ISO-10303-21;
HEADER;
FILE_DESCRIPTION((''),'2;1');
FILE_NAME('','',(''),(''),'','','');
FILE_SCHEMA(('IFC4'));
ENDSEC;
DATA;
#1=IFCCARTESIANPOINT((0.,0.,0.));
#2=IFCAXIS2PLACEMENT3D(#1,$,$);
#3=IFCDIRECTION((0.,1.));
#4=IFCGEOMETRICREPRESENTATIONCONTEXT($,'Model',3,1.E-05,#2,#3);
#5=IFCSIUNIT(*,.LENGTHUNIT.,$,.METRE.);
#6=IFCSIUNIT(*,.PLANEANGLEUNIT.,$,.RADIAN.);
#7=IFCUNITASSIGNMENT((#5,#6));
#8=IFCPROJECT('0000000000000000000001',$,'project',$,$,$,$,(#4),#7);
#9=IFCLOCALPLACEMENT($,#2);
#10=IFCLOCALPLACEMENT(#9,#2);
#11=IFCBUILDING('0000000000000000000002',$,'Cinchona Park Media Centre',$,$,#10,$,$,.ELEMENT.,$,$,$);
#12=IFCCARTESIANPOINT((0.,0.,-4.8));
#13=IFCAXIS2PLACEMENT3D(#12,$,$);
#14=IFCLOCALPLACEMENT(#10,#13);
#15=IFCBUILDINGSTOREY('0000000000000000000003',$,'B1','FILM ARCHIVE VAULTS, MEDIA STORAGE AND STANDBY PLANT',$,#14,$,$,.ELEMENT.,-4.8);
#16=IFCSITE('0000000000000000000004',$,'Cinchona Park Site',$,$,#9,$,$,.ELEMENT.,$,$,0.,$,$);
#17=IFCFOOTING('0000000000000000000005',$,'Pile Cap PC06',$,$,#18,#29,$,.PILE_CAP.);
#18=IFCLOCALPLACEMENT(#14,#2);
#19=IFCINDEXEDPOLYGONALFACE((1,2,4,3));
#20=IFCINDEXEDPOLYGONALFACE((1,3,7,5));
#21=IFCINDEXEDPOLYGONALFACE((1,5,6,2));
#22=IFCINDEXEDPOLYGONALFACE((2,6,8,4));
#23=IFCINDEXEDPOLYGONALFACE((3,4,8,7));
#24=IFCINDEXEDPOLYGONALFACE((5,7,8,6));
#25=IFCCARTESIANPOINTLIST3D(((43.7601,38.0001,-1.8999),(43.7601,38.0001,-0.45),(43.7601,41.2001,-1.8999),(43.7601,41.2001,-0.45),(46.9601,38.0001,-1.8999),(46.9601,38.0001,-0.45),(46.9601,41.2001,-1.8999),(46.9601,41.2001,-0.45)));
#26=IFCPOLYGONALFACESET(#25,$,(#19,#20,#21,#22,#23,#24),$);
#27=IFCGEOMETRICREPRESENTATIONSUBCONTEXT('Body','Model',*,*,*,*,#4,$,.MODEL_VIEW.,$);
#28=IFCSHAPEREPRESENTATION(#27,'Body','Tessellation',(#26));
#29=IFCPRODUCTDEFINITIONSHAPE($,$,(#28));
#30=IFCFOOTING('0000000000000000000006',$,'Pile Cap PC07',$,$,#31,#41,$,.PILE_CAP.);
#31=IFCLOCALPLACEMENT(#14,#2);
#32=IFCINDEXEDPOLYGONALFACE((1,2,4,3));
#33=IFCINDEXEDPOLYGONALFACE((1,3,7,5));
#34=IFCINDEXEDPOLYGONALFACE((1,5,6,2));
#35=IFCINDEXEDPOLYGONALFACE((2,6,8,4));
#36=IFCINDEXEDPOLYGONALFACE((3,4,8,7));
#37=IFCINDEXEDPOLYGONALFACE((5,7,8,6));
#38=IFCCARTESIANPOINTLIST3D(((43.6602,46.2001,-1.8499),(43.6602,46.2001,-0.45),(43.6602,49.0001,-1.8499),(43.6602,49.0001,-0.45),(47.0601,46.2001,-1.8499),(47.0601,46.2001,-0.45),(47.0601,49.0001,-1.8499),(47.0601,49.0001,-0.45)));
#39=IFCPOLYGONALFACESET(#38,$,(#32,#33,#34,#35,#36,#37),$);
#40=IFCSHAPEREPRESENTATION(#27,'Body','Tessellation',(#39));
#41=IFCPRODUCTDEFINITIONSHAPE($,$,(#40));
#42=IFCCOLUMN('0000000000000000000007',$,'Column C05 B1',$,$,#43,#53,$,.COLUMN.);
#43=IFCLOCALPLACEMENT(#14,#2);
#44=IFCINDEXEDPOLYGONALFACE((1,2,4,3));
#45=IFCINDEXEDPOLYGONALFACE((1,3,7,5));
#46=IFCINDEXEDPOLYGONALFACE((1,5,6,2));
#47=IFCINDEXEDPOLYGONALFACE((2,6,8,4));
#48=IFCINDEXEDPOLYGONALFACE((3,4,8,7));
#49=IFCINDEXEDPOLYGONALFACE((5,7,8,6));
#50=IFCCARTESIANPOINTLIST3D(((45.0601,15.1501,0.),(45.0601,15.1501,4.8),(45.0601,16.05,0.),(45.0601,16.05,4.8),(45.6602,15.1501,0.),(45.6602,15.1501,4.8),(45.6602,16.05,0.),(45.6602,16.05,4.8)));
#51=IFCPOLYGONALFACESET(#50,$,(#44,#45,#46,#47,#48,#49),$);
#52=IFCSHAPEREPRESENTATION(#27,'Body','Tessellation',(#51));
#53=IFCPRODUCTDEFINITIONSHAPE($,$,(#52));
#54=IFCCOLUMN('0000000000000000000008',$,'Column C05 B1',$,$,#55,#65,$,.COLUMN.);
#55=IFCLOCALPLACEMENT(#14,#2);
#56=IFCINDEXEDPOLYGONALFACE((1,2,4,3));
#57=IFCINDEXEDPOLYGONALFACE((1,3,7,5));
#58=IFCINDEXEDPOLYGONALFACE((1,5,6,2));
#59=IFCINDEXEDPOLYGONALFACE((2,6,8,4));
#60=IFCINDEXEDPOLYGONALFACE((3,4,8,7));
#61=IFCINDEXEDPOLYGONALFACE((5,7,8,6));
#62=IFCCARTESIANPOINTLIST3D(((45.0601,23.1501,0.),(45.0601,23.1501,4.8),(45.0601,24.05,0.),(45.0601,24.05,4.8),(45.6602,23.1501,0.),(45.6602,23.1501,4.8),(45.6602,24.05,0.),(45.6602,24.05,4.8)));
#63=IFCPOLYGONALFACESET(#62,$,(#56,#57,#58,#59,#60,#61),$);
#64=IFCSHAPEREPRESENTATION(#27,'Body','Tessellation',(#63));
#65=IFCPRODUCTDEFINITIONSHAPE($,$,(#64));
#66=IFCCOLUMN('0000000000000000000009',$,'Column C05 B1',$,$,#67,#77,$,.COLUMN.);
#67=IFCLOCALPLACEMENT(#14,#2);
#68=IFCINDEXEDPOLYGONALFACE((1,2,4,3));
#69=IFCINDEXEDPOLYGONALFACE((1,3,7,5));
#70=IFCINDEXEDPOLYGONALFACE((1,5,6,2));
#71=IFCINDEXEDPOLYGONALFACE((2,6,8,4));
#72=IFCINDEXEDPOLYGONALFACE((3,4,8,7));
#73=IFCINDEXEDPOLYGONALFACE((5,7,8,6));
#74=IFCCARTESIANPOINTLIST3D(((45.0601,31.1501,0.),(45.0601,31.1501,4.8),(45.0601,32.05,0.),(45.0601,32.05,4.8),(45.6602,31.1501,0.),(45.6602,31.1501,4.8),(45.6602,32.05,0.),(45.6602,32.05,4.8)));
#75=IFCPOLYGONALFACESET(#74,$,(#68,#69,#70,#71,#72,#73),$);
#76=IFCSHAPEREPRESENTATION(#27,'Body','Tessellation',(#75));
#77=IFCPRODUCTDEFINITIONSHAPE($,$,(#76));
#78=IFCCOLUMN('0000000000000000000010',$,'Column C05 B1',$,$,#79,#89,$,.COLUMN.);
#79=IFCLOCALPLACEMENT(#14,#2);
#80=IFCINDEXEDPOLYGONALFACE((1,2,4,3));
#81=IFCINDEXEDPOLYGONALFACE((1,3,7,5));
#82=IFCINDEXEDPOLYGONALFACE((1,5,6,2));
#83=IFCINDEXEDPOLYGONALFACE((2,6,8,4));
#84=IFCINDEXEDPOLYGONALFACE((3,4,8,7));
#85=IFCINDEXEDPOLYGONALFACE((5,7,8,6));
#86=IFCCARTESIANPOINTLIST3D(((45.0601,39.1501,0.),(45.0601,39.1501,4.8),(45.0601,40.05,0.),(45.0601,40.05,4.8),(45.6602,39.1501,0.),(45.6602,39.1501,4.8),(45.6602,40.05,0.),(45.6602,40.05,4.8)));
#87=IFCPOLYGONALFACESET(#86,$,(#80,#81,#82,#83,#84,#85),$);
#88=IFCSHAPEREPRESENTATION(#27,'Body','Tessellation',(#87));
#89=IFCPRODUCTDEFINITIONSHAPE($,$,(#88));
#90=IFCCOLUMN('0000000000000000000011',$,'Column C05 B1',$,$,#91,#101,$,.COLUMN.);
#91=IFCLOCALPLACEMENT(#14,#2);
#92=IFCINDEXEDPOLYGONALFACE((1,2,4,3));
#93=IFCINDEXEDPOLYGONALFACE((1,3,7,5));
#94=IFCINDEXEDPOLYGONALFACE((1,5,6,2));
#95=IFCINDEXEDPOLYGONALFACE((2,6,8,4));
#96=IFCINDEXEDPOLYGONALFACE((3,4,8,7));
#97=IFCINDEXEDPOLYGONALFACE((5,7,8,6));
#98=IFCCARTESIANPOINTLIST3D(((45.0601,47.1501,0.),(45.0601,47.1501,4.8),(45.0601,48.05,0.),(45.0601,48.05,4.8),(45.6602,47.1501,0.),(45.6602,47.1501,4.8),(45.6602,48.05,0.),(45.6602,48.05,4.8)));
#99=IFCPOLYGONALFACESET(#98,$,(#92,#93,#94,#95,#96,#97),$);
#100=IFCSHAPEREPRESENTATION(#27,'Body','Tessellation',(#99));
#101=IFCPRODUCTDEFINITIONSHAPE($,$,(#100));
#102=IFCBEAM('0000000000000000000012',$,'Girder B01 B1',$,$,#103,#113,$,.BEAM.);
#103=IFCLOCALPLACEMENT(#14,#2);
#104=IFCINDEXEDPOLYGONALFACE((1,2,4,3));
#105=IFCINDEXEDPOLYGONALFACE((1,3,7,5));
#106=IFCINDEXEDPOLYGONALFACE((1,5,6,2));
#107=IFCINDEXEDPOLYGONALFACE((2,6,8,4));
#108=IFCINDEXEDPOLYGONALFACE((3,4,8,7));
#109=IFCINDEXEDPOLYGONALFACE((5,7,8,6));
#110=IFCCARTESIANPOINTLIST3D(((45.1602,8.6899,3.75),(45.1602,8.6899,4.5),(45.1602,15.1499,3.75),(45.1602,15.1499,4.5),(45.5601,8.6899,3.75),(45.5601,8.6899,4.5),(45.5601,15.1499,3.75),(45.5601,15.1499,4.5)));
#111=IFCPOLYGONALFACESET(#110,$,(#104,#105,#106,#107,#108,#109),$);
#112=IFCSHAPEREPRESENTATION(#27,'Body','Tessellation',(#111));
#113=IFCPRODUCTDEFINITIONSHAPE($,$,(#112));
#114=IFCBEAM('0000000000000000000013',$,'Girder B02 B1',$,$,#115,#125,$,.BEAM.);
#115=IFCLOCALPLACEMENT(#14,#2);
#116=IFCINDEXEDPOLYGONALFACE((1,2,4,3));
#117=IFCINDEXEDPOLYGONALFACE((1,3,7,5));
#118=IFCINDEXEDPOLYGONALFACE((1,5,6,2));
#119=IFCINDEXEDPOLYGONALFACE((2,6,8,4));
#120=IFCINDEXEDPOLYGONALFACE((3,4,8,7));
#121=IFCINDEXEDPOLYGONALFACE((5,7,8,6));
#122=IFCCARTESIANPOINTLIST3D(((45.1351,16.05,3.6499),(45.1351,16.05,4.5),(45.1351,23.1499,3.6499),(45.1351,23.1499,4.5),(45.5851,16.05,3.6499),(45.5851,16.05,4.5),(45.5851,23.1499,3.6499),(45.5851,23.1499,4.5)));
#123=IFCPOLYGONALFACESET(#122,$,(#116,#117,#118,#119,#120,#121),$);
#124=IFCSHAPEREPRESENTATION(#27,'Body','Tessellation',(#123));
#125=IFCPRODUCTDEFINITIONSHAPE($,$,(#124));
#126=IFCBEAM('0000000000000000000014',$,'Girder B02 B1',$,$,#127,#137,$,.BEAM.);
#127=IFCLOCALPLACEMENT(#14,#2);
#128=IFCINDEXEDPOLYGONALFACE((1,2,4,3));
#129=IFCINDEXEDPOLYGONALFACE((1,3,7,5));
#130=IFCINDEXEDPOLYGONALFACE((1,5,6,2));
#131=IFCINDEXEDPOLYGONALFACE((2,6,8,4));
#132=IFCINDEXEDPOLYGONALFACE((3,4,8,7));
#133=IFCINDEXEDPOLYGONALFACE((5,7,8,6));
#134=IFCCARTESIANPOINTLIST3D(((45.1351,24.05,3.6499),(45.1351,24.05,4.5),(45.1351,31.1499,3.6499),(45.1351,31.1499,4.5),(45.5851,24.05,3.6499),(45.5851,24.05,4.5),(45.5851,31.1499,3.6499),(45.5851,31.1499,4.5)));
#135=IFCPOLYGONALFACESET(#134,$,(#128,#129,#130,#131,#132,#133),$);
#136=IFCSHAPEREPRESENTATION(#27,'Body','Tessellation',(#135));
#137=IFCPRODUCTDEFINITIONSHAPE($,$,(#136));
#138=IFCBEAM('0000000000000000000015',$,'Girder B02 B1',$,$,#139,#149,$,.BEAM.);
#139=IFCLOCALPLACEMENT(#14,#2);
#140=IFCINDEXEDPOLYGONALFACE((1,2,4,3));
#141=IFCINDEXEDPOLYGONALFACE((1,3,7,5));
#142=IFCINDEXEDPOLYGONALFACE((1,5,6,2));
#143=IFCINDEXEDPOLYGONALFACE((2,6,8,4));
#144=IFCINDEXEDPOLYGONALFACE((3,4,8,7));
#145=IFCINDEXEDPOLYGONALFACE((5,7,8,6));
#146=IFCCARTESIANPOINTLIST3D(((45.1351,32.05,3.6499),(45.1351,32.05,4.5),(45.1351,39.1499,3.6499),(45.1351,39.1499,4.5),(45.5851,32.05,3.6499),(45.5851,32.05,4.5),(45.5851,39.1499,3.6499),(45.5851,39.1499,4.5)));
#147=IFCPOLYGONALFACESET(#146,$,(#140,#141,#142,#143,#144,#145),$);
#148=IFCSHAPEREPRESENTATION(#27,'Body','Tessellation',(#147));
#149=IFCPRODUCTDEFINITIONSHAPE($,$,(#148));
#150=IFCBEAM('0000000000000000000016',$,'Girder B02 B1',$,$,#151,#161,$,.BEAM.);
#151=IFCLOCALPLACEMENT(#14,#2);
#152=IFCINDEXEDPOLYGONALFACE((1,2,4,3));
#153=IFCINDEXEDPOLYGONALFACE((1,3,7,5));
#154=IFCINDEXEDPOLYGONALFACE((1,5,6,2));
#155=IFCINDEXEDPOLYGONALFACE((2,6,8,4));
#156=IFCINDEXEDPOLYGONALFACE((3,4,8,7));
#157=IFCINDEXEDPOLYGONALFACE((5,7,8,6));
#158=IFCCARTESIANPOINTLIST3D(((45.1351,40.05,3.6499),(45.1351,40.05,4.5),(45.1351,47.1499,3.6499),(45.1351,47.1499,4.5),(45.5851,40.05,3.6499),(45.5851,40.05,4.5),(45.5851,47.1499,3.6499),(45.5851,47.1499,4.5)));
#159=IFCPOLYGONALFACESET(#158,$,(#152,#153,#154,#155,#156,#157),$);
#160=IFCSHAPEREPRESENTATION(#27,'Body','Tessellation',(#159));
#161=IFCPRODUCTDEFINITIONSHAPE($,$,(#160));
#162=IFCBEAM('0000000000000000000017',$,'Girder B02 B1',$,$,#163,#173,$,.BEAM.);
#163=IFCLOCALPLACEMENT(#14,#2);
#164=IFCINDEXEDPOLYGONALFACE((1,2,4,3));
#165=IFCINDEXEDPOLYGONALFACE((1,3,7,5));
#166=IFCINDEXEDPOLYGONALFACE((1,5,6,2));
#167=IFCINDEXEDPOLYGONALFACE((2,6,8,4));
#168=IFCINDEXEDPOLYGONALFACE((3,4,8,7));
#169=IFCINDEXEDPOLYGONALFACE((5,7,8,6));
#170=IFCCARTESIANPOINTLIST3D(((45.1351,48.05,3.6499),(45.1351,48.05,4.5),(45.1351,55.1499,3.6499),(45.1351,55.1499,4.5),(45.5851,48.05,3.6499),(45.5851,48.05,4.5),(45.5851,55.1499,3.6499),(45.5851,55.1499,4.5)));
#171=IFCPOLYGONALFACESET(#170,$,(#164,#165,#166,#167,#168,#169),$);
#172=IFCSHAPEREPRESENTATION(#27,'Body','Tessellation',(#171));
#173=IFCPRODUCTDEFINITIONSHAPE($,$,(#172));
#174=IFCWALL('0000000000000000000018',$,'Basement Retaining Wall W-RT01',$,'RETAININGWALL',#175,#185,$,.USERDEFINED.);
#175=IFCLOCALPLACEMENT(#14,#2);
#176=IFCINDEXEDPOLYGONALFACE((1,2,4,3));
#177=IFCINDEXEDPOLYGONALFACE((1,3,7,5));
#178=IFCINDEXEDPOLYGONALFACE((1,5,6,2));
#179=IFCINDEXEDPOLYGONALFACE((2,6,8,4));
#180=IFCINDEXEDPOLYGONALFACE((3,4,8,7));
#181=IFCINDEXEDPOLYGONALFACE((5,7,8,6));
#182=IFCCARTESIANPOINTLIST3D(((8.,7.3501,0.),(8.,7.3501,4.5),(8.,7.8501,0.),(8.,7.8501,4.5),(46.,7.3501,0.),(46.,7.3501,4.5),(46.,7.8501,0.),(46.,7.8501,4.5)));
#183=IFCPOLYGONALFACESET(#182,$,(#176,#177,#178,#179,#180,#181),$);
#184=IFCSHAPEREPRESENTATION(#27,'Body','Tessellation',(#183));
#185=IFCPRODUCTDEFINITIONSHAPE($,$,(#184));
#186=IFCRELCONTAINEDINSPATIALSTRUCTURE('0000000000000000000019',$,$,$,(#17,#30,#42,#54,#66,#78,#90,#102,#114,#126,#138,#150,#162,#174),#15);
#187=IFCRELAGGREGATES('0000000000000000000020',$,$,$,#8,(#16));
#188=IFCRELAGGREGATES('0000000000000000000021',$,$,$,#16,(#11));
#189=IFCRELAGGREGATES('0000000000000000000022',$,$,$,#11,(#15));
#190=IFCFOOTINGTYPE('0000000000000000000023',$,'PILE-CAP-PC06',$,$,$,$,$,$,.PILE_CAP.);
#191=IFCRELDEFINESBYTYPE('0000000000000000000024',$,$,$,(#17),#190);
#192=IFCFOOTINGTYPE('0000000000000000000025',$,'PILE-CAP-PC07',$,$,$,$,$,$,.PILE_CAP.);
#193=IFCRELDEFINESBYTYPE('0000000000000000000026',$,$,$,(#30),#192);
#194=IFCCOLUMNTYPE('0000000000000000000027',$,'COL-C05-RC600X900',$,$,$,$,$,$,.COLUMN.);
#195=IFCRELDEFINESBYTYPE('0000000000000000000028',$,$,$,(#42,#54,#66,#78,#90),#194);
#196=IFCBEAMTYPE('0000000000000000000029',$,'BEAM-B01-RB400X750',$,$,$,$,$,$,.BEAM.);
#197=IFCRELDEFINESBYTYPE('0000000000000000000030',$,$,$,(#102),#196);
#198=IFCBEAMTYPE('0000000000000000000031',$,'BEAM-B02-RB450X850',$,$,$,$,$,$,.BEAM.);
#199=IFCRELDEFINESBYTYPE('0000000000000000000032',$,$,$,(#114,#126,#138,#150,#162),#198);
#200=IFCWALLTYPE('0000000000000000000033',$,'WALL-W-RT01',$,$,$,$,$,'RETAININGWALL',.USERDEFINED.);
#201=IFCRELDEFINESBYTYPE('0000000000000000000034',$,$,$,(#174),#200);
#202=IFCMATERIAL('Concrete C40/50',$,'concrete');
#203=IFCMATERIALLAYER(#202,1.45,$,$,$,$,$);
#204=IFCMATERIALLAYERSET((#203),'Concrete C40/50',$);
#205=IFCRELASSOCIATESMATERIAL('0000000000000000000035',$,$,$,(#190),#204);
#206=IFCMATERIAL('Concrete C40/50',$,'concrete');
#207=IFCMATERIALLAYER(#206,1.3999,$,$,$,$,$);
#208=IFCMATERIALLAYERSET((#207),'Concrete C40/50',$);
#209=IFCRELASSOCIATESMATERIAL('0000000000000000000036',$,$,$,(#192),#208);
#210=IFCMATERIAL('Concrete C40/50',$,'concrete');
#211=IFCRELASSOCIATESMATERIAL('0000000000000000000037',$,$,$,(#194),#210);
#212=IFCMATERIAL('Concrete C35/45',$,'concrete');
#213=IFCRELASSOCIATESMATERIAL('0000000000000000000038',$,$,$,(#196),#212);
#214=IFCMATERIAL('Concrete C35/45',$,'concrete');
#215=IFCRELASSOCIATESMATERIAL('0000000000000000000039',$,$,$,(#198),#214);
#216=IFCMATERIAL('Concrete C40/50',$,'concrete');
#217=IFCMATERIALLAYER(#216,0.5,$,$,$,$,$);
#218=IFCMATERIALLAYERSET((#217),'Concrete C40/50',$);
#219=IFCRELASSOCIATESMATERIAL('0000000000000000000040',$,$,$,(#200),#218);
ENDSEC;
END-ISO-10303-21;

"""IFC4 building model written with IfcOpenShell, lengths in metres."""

from ifc_helpers import new_model, si_unit, direction, frame, frame_2d, origin, origin_2d, place, context, subcontext, project, spatial, rectangle, extrude, material, layer, layer_set, material_profile, profile_set, type_object, element, save


model = new_model("IFC4")

# Units and contexts
model_context = context("Model", 3, precision=1e-05, world=origin(), true_north=direction((0.0, 1.0)))
body_context = subcontext(model_context, "Body", "Model", "MODEL_VIEW")
ifc_project = project(units=[si_unit("LENGTHUNIT", "METRE"), si_unit("PLANEANGLEUNIT", "RADIAN")], contexts=[model_context])

# Site, building, storey
site_placement = place(None, origin())
site = spatial("IfcSite", under=ifc_project, at=site_placement, Name="Cinchona Park Site", CompositionType="ELEMENT", RefElevation=0.0)
building_placement = place(site_placement, origin())
building = spatial("IfcBuilding", under=site, at=building_placement, Name="Cinchona Park Media Centre", CompositionType="ELEMENT")
storey_placement = place(building_placement, frame((0.0, 0.0, -4.8)))
storey = spatial("IfcBuildingStorey", under=building, at=storey_placement, Name="B1", Description="FILM ARCHIVE VAULTS, MEDIA STORAGE AND STANDBY PLANT", CompositionType="ELEMENT", Elevation=-4.8)

# Footings
ifc_material_1 = material(Name="Concrete C40/50", Category="concrete")
ifc_layer_1 = layer(ifc_material_1, 1.45)
ifc_layer_set_1 = layer_set([ifc_layer_1], Name="Concrete C40/50")
footing_type_1 = type_object("IfcFootingType", Name="PILE-CAP-PC06", PredefinedType="PILE_CAP", material=ifc_layer_set_1)
footing_1_placement = place(storey_placement, frame((45.3601, 39.6001, -1.8999), z_axis=(0.0, 0.0, 1.0), x_axis=(1.0, 0.0, 0.0)))
element("IfcFooting", 1, at=footing_1_placement, inside=storey, type_object=footing_type_1, Name="Pile Cap PC06", PredefinedType="PILE_CAP", context=body_context, shape_type="SweptSolid", body=[
    extrude(rectangle(XDim=3.2, YDim=3.2, at=origin_2d()), origin(), (0.0, 0.0, 1.0), 1.45),
])
ifc_material_2 = material(Name="Concrete C40/50", Category="concrete")
ifc_layer_2 = layer(ifc_material_2, 1.3999)
ifc_layer_set_2 = layer_set([ifc_layer_2], Name="Concrete C40/50")
footing_type_2 = type_object("IfcFootingType", Name="PILE-CAP-PC07", PredefinedType="PILE_CAP", material=ifc_layer_set_2)
footing_2_placement = place(storey_placement, frame((45.3601, 47.6001, -1.8499), z_axis=(0.0, 0.0, 1.0), x_axis=(1.0, 0.0, 0.0)))
element("IfcFooting", 2, at=footing_2_placement, inside=storey, type_object=footing_type_2, Name="Pile Cap PC07", PredefinedType="PILE_CAP", context=body_context, shape_type="SweptSolid", body=[
    extrude(rectangle(XDim=3.3999, YDim=2.8, at=origin_2d()), origin(), (0.0, 0.0, 1.0), 1.3999),
])

# Columns
ifc_material_3 = material(Name="Concrete C40/50", Category="concrete")
ifc_material_profile_1 = material_profile(ifc_material_3, rectangle(XDim=0.6001, YDim=0.8999, at=origin_2d()), Name="RC 600X900")
ifc_profile_set_1 = profile_set([ifc_material_profile_1], Name="Concrete C40/50")
column_type = type_object("IfcColumnType", Name="COL-C05-RC600X900", PredefinedType="COLUMN", material=ifc_profile_set_1)
for number, where, z_axis, x_axis, name in (
    (3, (45.3601, 15.6001, 0.0), (0.0, 0.0, 1.0), (1.0, 0.0, 0.0), "Column C05 B1"),
    (4, (45.3601, 23.6001, 0.0), (0.0, 0.0, 1.0), (1.0, 0.0, 0.0), "Column C05 B1"),
    (5, (45.3601, 31.6001, 0.0), (0.0, 0.0, 1.0), (1.0, 0.0, 0.0), "Column C05 B1"),
    (6, (45.3601, 39.6001, 0.0), (0.0, 0.0, 1.0), (1.0, 0.0, 0.0), "Column C05 B1"),
    (7, (45.3601, 47.6001, 0.0), (0.0, 0.0, 1.0), (1.0, 0.0, 0.0), "Column C05 B1"),
):
    element("IfcColumn", number, at=place(storey_placement, frame(where, z_axis=z_axis, x_axis=x_axis)), inside=storey, type_object=column_type, Name=name, PredefinedType="COLUMN", context=body_context, shape_type="SweptSolid", body=[
        extrude(rectangle(XDim=0.6001, YDim=0.8999, at=origin_2d()), origin(), (0.0, 0.0, 1.0), 4.8),
    ])

# Beams
ifc_material_4 = material(Name="Concrete C35/45", Category="concrete")
ifc_material_profile_2 = material_profile(ifc_material_4, rectangle(XDim=0.3999, YDim=0.75, at=origin_2d()), Name="RB 400X750")
ifc_profile_set_2 = profile_set([ifc_material_profile_2], Name="Concrete C35/45")
beam_type_1 = type_object("IfcBeamType", Name="BEAM-B01-RB400X750", PredefinedType="BEAM", material=ifc_profile_set_2)
beam_placement = place(storey_placement, frame((45.3601, 8.6899, 4.125), z_axis=(0.0, 1.0, 0.0), x_axis=(-1.0, 0.0, 0.0)))
element("IfcBeam", 8, at=beam_placement, inside=storey, type_object=beam_type_1, Name="Girder B01 B1", PredefinedType="BEAM", context=body_context, shape_type="SweptSolid", body=[
    extrude(rectangle(XDim=0.3999, YDim=0.75, at=origin_2d()), origin(), (0.0, 0.0, 1.0), 6.46),
])
ifc_material_5 = material(Name="Concrete C35/45", Category="concrete")
ifc_material_profile_3 = material_profile(ifc_material_5, rectangle(XDim=0.45, YDim=0.8501, at=origin_2d()), Name="RB 450X850")
ifc_profile_set_3 = profile_set([ifc_material_profile_3], Name="Concrete C35/45")
beam_type_2 = type_object("IfcBeamType", Name="BEAM-B02-RB450X850", PredefinedType="BEAM", material=ifc_profile_set_3)
for number, where, z_axis, x_axis, name in (
    (9, (45.3601, 16.05, 4.075), (0.0, 1.0, 0.0), (-1.0, 0.0, 0.0), "Girder B02 B1"),
    (10, (45.3601, 24.05, 4.075), (0.0, 1.0, 0.0), (-1.0, 0.0, 0.0), "Girder B02 B1"),
    (11, (45.3601, 32.05, 4.075), (0.0, 1.0, 0.0), (-1.0, 0.0, 0.0), "Girder B02 B1"),
    (12, (45.3601, 40.05, 4.075), (0.0, 1.0, 0.0), (-1.0, 0.0, 0.0), "Girder B02 B1"),
    (13, (45.3601, 48.05, 4.075), (0.0, 1.0, 0.0), (-1.0, 0.0, 0.0), "Girder B02 B1"),
):
    element("IfcBeam", number, at=place(storey_placement, frame(where, z_axis=z_axis, x_axis=x_axis)), inside=storey, type_object=beam_type_2, Name=name, PredefinedType="BEAM", context=body_context, shape_type="SweptSolid", body=[
        extrude(rectangle(XDim=0.45, YDim=0.8501, at=origin_2d()), origin(), (0.0, 0.0, 1.0), 7.0999),
    ])

# Wall
ifc_material_6 = material(Name="Concrete C40/50", Category="concrete")
ifc_layer_3 = layer(ifc_material_6, 0.5)
ifc_layer_set_3 = layer_set([ifc_layer_3], Name="Concrete C40/50")
wall_type = type_object("IfcWallType", Name="WALL-W-RT01", ElementType="RETAININGWALL", PredefinedType="USERDEFINED", material=ifc_layer_set_3)
wall_placement = place(storey_placement, frame((46.0, 7.6001, 0.0), z_axis=(0.0, 0.0, 1.0), x_axis=(-1.0, 0.0, 0.0)))
element("IfcWall", 14, at=wall_placement, inside=storey, type_object=wall_type, Name="Basement Retaining Wall W-RT01", ObjectType="RETAININGWALL", PredefinedType="USERDEFINED", context=body_context, shape_type="SweptSolid", body=[
    extrude(rectangle(XDim=38.0, YDim=0.5, at=frame_2d((19.0, 0.0))), origin(), (0.0, 0.0, 1.0), 4.5),
])

save(model, "model.ifc")
